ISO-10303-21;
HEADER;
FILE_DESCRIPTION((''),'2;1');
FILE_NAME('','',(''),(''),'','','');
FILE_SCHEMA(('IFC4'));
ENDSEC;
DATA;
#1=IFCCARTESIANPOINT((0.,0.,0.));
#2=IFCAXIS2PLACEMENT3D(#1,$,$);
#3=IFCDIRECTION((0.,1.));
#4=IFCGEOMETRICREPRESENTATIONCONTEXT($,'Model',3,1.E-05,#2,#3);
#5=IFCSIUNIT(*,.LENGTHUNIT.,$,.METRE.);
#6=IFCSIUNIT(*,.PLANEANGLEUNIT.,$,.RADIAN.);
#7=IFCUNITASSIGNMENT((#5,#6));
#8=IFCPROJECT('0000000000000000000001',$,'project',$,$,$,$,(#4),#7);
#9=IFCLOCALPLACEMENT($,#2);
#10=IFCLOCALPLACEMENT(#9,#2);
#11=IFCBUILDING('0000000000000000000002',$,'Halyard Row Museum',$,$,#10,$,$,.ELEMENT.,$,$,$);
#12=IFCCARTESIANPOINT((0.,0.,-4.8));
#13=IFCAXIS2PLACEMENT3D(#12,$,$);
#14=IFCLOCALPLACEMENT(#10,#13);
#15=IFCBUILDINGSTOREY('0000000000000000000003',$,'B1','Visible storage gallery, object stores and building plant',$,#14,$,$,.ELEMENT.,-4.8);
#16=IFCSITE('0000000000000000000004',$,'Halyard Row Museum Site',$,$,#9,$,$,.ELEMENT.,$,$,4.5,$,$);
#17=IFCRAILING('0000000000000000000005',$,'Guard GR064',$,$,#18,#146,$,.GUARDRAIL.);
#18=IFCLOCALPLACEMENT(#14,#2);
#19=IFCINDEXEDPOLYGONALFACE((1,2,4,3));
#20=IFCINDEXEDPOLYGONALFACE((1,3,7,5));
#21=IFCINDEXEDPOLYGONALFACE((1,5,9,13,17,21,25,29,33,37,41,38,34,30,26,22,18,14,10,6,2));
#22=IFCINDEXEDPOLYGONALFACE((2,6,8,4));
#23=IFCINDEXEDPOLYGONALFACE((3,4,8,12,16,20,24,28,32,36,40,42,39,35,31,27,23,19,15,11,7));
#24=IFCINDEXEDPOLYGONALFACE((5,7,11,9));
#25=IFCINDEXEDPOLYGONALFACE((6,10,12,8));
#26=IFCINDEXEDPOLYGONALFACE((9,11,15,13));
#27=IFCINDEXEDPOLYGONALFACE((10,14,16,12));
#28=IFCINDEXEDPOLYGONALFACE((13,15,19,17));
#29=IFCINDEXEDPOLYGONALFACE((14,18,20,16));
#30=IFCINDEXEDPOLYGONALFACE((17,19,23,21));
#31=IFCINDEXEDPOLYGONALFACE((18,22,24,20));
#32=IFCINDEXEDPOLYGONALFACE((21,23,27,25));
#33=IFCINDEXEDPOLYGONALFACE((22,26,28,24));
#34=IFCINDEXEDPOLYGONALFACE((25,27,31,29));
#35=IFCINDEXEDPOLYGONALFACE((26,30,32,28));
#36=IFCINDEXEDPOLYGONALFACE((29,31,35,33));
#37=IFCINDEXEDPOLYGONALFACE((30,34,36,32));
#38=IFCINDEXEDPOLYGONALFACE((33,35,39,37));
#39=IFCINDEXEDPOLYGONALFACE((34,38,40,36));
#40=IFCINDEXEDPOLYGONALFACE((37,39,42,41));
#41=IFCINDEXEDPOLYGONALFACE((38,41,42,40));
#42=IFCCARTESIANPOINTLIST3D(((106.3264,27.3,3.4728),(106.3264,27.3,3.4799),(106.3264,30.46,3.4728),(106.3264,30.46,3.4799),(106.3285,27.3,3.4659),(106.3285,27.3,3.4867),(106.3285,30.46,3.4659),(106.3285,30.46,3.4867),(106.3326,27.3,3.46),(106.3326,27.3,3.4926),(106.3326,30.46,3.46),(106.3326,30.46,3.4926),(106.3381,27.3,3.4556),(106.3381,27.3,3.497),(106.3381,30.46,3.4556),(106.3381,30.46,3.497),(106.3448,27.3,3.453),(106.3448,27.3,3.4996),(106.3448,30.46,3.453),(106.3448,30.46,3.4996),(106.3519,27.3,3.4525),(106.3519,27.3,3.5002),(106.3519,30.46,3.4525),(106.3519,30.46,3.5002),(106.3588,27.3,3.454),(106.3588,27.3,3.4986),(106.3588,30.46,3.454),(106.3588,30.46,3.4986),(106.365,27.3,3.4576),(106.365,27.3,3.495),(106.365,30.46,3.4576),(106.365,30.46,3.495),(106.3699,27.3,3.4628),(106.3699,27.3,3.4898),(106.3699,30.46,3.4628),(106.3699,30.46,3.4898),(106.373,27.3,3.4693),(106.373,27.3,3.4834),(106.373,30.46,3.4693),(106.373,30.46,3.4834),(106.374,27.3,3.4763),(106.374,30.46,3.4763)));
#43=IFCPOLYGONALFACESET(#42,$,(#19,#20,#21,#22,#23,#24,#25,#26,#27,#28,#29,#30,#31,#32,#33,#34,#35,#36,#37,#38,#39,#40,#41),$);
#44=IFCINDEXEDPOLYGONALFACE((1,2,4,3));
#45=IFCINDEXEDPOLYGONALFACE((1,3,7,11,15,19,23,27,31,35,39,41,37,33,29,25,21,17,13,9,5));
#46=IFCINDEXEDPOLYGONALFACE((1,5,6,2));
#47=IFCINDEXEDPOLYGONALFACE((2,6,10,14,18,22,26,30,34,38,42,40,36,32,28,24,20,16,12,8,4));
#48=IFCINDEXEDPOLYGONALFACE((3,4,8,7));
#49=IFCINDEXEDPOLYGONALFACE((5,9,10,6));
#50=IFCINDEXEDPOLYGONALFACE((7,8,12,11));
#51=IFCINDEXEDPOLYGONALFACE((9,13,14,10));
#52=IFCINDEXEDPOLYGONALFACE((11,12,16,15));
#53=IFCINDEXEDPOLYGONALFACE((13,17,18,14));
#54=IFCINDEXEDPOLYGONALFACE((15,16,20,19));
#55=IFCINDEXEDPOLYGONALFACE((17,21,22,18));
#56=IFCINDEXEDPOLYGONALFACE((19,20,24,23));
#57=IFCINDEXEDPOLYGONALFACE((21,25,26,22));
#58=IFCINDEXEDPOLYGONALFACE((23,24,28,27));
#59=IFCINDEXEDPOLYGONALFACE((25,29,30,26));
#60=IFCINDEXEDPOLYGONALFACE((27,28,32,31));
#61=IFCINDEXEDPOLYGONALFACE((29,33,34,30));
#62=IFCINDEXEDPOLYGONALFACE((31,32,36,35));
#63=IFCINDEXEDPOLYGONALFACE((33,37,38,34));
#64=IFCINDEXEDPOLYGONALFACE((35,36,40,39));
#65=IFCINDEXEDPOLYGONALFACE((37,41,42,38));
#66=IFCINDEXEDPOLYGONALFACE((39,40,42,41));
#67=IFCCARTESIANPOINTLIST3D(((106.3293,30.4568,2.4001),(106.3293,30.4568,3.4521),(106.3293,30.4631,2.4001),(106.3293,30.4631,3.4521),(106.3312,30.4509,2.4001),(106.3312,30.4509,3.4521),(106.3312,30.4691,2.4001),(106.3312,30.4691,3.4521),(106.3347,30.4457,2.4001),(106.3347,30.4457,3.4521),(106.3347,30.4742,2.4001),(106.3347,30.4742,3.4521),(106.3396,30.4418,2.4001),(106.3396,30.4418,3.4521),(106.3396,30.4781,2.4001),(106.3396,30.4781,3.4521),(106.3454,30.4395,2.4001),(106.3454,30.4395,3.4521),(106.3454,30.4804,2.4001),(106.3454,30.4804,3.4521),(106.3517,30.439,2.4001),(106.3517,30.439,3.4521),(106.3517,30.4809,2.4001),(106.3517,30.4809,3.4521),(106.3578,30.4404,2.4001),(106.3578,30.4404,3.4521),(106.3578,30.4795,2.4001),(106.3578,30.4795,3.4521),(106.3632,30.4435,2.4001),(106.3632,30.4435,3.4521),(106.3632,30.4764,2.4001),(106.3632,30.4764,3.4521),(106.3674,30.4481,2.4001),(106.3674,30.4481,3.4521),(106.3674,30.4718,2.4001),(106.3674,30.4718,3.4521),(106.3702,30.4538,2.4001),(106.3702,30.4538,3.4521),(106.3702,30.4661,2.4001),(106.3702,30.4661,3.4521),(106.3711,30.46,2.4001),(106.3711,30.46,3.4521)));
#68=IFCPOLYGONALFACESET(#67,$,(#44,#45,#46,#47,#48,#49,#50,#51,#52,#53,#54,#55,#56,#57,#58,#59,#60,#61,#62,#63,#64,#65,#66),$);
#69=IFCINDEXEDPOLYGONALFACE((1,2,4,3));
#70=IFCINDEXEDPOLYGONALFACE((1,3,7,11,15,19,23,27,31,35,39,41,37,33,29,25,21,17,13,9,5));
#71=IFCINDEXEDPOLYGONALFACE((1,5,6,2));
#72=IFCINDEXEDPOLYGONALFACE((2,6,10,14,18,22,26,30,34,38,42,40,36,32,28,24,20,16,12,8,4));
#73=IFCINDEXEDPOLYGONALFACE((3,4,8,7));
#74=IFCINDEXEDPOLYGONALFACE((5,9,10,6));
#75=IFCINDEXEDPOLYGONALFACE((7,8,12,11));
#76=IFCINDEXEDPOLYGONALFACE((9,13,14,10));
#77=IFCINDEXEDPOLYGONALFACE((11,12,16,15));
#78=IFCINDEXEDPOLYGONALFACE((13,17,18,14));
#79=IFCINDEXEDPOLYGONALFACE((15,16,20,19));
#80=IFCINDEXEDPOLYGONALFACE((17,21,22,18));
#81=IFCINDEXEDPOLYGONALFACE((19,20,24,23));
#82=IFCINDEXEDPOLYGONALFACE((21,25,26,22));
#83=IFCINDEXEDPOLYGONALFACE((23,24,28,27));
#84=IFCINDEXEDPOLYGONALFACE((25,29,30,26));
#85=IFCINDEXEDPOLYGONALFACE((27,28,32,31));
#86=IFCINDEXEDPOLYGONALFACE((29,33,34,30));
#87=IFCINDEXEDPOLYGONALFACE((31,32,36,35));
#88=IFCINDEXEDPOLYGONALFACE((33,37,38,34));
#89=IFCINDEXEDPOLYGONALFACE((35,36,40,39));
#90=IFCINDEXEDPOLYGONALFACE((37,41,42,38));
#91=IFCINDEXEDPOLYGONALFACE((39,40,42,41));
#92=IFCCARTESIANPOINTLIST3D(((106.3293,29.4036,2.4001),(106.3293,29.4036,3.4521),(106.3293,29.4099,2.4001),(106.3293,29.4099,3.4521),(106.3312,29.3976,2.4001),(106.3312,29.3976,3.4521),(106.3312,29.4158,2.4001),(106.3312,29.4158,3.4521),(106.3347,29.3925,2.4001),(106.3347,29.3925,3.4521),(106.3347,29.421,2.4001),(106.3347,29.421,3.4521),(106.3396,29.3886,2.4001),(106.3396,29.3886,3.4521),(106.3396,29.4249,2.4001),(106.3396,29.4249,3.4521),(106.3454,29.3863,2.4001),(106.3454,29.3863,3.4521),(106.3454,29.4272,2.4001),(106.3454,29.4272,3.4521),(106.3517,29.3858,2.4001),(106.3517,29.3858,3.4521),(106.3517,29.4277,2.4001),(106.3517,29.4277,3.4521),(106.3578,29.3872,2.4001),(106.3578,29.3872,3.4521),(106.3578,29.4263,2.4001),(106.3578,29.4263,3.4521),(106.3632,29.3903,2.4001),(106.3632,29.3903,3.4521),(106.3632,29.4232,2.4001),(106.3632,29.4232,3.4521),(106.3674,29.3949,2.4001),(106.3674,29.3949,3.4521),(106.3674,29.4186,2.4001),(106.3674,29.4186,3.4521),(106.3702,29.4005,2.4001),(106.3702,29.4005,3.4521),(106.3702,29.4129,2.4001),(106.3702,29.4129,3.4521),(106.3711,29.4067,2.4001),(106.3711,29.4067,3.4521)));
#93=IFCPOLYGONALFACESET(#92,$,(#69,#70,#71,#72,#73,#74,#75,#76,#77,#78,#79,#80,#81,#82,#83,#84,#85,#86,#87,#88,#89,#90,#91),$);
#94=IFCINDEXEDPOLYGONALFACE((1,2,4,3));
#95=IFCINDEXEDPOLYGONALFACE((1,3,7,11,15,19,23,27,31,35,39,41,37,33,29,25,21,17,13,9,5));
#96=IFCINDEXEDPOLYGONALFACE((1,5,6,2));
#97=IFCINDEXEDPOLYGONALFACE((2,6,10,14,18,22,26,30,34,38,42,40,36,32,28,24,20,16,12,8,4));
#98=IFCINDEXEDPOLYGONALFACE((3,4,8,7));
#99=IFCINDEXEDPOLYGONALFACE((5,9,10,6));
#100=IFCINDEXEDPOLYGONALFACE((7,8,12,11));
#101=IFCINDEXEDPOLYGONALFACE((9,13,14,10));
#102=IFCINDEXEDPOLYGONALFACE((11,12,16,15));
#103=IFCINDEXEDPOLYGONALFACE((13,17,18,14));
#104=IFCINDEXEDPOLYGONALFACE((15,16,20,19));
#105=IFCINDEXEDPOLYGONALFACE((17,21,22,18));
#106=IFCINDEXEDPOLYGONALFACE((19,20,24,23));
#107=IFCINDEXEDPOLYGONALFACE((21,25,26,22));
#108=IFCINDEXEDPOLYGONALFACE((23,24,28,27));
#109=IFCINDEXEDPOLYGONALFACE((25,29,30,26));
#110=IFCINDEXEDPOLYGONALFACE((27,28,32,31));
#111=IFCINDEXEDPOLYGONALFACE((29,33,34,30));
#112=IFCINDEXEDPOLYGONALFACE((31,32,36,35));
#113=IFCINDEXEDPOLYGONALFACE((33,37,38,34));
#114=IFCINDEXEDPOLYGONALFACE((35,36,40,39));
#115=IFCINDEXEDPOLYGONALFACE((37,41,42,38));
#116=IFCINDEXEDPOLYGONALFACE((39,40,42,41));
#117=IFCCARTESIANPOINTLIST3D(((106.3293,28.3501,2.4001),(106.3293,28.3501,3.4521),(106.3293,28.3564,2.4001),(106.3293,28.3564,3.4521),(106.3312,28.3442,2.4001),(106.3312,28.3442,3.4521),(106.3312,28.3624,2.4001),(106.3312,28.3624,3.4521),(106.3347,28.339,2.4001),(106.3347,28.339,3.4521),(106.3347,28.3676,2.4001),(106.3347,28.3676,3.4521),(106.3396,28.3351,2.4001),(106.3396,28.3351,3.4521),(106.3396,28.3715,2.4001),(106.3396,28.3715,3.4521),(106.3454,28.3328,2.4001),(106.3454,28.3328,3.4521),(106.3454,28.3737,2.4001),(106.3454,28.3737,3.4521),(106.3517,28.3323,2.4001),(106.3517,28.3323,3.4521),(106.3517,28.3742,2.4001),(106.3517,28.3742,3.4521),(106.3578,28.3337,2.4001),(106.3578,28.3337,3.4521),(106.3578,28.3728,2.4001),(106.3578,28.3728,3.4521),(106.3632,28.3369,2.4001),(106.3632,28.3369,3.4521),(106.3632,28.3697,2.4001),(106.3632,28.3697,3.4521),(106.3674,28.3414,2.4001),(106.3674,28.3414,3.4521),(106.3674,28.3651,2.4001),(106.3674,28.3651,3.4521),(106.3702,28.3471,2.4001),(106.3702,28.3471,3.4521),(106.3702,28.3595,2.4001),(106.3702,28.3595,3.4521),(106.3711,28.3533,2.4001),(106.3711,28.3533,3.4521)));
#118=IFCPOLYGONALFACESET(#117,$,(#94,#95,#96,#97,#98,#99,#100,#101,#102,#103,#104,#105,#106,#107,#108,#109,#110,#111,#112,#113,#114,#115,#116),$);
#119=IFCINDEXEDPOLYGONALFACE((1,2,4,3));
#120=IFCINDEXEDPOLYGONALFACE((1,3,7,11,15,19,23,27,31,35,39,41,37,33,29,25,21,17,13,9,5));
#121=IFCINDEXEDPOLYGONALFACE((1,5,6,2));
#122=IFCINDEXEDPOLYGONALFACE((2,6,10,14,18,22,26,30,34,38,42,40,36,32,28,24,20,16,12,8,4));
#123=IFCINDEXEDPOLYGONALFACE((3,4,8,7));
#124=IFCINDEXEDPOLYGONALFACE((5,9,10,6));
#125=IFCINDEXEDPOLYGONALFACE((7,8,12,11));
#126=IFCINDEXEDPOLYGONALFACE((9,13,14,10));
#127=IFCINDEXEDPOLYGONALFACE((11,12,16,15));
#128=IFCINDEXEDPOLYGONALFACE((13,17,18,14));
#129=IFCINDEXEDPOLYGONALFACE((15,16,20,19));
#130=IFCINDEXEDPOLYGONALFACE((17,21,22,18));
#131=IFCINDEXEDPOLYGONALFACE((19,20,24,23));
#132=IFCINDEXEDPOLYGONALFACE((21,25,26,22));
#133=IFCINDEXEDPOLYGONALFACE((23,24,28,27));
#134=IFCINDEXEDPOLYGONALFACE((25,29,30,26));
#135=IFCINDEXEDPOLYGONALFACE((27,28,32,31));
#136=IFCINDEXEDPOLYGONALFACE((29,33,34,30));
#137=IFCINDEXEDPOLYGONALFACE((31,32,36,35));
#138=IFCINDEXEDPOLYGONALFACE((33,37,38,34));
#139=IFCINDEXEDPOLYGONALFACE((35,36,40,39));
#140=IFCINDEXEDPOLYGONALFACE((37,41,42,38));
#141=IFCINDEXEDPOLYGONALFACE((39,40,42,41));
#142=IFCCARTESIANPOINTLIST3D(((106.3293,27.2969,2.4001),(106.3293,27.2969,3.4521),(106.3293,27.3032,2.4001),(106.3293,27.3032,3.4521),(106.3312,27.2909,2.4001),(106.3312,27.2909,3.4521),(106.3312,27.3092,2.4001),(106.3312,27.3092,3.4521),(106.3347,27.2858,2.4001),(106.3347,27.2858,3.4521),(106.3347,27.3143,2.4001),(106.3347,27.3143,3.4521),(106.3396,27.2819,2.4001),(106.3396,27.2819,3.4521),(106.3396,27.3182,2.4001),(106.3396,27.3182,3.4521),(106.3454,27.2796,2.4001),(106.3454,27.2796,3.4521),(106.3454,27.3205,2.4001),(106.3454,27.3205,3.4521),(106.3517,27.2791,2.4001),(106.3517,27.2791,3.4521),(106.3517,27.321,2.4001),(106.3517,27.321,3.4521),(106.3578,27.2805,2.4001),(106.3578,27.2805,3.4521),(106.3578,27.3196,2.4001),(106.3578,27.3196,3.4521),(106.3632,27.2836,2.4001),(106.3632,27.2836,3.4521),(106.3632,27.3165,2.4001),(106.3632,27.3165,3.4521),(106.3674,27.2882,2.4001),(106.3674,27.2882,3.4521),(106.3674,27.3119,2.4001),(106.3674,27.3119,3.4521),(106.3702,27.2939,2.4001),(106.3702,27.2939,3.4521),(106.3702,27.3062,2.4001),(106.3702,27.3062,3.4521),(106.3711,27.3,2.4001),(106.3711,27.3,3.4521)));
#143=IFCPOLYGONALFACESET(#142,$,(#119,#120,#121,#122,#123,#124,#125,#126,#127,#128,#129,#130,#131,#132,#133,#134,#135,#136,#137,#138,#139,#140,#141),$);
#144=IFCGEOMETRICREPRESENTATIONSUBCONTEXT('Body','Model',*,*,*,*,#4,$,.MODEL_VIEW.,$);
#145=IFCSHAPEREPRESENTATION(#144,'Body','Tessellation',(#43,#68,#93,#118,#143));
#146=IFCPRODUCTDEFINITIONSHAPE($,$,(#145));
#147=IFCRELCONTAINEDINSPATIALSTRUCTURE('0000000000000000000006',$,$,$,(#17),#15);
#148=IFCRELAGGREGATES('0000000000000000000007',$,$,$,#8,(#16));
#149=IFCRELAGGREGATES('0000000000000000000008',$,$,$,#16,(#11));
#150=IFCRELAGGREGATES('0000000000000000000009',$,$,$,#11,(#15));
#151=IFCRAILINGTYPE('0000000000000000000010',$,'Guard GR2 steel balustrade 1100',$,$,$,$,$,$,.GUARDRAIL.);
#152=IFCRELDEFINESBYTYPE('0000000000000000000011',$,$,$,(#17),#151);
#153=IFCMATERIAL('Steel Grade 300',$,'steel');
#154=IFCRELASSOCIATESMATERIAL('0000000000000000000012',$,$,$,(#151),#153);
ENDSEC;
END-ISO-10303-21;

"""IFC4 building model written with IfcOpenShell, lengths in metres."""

from ifc_helpers import new_model, si_unit, direction, frame, origin, origin_2d, place, context, subcontext, project, spatial, circle, extrude, material, type_object, element, save


model = new_model("IFC4")

# Units and contexts
model_context = context("Model", 3, precision=1e-05, world=origin(), true_north=direction((0.0, 1.0)))
body_context = subcontext(model_context, "Body", "Model", "MODEL_VIEW")
ifc_project = project(units=[si_unit("LENGTHUNIT", "METRE"), si_unit("PLANEANGLEUNIT", "RADIAN")], contexts=[model_context])

# Site, building, storey
site_placement = place(None, origin())
site = spatial("IfcSite", under=ifc_project, at=site_placement, Name="Halyard Row Museum Site", CompositionType="ELEMENT", RefElevation=4.5)
building_placement = place(site_placement, origin())
building = spatial("IfcBuilding", under=site, at=building_placement, Name="Halyard Row Museum", CompositionType="ELEMENT")
storey_placement = place(building_placement, frame((0.0, 0.0, -4.8)))
storey = spatial("IfcBuildingStorey", under=building, at=storey_placement, Name="B1", Description="Visible storage gallery, object stores and building plant", CompositionType="ELEMENT", Elevation=-4.8)

# Railing
ifc_material_1 = material(Name="Steel Grade 300", Category="steel")
railing_type_1 = type_object("IfcRailingType", Name="Guard GR2 steel balustrade 1100", PredefinedType="GUARDRAIL", material=ifc_material_1)
railing_1_placement = place(storey_placement, frame((106.3501, 30.46, 2.4001)))
element("IfcRailing", 1, at=railing_1_placement, inside=storey, type_object=railing_type_1, Name="Guard GR064", PredefinedType="GUARDRAIL", context=body_context, shape_type="SweptSolid", body=[
    extrude(circle(Radius=0.0239, at=origin_2d()), frame((0.0, 0.0, 1.0762), z_axis=(0.0, -1.0, 0.0), x_axis=(1.0, 0.0, 0.0)), (0.0, 0.0, 1.0), 3.1599),
    extrude(circle(Radius=0.021, at=origin_2d()), origin(), (0.0, 0.0, 1.0), 1.052),
    extrude(circle(Radius=0.021, at=origin_2d()), frame((0.0, -1.0532, 0.0)), (0.0, 0.0, 1.0), 1.052),
    extrude(circle(Radius=0.021, at=origin_2d()), frame((0.0, -2.1067, 0.0)), (0.0, 0.0, 1.0), 1.052),
    extrude(circle(Radius=0.021, at=origin_2d()), frame((0.0, -3.1599, 0.0)), (0.0, 0.0, 1.0), 1.052),
])

save(model, "model.ifc")
